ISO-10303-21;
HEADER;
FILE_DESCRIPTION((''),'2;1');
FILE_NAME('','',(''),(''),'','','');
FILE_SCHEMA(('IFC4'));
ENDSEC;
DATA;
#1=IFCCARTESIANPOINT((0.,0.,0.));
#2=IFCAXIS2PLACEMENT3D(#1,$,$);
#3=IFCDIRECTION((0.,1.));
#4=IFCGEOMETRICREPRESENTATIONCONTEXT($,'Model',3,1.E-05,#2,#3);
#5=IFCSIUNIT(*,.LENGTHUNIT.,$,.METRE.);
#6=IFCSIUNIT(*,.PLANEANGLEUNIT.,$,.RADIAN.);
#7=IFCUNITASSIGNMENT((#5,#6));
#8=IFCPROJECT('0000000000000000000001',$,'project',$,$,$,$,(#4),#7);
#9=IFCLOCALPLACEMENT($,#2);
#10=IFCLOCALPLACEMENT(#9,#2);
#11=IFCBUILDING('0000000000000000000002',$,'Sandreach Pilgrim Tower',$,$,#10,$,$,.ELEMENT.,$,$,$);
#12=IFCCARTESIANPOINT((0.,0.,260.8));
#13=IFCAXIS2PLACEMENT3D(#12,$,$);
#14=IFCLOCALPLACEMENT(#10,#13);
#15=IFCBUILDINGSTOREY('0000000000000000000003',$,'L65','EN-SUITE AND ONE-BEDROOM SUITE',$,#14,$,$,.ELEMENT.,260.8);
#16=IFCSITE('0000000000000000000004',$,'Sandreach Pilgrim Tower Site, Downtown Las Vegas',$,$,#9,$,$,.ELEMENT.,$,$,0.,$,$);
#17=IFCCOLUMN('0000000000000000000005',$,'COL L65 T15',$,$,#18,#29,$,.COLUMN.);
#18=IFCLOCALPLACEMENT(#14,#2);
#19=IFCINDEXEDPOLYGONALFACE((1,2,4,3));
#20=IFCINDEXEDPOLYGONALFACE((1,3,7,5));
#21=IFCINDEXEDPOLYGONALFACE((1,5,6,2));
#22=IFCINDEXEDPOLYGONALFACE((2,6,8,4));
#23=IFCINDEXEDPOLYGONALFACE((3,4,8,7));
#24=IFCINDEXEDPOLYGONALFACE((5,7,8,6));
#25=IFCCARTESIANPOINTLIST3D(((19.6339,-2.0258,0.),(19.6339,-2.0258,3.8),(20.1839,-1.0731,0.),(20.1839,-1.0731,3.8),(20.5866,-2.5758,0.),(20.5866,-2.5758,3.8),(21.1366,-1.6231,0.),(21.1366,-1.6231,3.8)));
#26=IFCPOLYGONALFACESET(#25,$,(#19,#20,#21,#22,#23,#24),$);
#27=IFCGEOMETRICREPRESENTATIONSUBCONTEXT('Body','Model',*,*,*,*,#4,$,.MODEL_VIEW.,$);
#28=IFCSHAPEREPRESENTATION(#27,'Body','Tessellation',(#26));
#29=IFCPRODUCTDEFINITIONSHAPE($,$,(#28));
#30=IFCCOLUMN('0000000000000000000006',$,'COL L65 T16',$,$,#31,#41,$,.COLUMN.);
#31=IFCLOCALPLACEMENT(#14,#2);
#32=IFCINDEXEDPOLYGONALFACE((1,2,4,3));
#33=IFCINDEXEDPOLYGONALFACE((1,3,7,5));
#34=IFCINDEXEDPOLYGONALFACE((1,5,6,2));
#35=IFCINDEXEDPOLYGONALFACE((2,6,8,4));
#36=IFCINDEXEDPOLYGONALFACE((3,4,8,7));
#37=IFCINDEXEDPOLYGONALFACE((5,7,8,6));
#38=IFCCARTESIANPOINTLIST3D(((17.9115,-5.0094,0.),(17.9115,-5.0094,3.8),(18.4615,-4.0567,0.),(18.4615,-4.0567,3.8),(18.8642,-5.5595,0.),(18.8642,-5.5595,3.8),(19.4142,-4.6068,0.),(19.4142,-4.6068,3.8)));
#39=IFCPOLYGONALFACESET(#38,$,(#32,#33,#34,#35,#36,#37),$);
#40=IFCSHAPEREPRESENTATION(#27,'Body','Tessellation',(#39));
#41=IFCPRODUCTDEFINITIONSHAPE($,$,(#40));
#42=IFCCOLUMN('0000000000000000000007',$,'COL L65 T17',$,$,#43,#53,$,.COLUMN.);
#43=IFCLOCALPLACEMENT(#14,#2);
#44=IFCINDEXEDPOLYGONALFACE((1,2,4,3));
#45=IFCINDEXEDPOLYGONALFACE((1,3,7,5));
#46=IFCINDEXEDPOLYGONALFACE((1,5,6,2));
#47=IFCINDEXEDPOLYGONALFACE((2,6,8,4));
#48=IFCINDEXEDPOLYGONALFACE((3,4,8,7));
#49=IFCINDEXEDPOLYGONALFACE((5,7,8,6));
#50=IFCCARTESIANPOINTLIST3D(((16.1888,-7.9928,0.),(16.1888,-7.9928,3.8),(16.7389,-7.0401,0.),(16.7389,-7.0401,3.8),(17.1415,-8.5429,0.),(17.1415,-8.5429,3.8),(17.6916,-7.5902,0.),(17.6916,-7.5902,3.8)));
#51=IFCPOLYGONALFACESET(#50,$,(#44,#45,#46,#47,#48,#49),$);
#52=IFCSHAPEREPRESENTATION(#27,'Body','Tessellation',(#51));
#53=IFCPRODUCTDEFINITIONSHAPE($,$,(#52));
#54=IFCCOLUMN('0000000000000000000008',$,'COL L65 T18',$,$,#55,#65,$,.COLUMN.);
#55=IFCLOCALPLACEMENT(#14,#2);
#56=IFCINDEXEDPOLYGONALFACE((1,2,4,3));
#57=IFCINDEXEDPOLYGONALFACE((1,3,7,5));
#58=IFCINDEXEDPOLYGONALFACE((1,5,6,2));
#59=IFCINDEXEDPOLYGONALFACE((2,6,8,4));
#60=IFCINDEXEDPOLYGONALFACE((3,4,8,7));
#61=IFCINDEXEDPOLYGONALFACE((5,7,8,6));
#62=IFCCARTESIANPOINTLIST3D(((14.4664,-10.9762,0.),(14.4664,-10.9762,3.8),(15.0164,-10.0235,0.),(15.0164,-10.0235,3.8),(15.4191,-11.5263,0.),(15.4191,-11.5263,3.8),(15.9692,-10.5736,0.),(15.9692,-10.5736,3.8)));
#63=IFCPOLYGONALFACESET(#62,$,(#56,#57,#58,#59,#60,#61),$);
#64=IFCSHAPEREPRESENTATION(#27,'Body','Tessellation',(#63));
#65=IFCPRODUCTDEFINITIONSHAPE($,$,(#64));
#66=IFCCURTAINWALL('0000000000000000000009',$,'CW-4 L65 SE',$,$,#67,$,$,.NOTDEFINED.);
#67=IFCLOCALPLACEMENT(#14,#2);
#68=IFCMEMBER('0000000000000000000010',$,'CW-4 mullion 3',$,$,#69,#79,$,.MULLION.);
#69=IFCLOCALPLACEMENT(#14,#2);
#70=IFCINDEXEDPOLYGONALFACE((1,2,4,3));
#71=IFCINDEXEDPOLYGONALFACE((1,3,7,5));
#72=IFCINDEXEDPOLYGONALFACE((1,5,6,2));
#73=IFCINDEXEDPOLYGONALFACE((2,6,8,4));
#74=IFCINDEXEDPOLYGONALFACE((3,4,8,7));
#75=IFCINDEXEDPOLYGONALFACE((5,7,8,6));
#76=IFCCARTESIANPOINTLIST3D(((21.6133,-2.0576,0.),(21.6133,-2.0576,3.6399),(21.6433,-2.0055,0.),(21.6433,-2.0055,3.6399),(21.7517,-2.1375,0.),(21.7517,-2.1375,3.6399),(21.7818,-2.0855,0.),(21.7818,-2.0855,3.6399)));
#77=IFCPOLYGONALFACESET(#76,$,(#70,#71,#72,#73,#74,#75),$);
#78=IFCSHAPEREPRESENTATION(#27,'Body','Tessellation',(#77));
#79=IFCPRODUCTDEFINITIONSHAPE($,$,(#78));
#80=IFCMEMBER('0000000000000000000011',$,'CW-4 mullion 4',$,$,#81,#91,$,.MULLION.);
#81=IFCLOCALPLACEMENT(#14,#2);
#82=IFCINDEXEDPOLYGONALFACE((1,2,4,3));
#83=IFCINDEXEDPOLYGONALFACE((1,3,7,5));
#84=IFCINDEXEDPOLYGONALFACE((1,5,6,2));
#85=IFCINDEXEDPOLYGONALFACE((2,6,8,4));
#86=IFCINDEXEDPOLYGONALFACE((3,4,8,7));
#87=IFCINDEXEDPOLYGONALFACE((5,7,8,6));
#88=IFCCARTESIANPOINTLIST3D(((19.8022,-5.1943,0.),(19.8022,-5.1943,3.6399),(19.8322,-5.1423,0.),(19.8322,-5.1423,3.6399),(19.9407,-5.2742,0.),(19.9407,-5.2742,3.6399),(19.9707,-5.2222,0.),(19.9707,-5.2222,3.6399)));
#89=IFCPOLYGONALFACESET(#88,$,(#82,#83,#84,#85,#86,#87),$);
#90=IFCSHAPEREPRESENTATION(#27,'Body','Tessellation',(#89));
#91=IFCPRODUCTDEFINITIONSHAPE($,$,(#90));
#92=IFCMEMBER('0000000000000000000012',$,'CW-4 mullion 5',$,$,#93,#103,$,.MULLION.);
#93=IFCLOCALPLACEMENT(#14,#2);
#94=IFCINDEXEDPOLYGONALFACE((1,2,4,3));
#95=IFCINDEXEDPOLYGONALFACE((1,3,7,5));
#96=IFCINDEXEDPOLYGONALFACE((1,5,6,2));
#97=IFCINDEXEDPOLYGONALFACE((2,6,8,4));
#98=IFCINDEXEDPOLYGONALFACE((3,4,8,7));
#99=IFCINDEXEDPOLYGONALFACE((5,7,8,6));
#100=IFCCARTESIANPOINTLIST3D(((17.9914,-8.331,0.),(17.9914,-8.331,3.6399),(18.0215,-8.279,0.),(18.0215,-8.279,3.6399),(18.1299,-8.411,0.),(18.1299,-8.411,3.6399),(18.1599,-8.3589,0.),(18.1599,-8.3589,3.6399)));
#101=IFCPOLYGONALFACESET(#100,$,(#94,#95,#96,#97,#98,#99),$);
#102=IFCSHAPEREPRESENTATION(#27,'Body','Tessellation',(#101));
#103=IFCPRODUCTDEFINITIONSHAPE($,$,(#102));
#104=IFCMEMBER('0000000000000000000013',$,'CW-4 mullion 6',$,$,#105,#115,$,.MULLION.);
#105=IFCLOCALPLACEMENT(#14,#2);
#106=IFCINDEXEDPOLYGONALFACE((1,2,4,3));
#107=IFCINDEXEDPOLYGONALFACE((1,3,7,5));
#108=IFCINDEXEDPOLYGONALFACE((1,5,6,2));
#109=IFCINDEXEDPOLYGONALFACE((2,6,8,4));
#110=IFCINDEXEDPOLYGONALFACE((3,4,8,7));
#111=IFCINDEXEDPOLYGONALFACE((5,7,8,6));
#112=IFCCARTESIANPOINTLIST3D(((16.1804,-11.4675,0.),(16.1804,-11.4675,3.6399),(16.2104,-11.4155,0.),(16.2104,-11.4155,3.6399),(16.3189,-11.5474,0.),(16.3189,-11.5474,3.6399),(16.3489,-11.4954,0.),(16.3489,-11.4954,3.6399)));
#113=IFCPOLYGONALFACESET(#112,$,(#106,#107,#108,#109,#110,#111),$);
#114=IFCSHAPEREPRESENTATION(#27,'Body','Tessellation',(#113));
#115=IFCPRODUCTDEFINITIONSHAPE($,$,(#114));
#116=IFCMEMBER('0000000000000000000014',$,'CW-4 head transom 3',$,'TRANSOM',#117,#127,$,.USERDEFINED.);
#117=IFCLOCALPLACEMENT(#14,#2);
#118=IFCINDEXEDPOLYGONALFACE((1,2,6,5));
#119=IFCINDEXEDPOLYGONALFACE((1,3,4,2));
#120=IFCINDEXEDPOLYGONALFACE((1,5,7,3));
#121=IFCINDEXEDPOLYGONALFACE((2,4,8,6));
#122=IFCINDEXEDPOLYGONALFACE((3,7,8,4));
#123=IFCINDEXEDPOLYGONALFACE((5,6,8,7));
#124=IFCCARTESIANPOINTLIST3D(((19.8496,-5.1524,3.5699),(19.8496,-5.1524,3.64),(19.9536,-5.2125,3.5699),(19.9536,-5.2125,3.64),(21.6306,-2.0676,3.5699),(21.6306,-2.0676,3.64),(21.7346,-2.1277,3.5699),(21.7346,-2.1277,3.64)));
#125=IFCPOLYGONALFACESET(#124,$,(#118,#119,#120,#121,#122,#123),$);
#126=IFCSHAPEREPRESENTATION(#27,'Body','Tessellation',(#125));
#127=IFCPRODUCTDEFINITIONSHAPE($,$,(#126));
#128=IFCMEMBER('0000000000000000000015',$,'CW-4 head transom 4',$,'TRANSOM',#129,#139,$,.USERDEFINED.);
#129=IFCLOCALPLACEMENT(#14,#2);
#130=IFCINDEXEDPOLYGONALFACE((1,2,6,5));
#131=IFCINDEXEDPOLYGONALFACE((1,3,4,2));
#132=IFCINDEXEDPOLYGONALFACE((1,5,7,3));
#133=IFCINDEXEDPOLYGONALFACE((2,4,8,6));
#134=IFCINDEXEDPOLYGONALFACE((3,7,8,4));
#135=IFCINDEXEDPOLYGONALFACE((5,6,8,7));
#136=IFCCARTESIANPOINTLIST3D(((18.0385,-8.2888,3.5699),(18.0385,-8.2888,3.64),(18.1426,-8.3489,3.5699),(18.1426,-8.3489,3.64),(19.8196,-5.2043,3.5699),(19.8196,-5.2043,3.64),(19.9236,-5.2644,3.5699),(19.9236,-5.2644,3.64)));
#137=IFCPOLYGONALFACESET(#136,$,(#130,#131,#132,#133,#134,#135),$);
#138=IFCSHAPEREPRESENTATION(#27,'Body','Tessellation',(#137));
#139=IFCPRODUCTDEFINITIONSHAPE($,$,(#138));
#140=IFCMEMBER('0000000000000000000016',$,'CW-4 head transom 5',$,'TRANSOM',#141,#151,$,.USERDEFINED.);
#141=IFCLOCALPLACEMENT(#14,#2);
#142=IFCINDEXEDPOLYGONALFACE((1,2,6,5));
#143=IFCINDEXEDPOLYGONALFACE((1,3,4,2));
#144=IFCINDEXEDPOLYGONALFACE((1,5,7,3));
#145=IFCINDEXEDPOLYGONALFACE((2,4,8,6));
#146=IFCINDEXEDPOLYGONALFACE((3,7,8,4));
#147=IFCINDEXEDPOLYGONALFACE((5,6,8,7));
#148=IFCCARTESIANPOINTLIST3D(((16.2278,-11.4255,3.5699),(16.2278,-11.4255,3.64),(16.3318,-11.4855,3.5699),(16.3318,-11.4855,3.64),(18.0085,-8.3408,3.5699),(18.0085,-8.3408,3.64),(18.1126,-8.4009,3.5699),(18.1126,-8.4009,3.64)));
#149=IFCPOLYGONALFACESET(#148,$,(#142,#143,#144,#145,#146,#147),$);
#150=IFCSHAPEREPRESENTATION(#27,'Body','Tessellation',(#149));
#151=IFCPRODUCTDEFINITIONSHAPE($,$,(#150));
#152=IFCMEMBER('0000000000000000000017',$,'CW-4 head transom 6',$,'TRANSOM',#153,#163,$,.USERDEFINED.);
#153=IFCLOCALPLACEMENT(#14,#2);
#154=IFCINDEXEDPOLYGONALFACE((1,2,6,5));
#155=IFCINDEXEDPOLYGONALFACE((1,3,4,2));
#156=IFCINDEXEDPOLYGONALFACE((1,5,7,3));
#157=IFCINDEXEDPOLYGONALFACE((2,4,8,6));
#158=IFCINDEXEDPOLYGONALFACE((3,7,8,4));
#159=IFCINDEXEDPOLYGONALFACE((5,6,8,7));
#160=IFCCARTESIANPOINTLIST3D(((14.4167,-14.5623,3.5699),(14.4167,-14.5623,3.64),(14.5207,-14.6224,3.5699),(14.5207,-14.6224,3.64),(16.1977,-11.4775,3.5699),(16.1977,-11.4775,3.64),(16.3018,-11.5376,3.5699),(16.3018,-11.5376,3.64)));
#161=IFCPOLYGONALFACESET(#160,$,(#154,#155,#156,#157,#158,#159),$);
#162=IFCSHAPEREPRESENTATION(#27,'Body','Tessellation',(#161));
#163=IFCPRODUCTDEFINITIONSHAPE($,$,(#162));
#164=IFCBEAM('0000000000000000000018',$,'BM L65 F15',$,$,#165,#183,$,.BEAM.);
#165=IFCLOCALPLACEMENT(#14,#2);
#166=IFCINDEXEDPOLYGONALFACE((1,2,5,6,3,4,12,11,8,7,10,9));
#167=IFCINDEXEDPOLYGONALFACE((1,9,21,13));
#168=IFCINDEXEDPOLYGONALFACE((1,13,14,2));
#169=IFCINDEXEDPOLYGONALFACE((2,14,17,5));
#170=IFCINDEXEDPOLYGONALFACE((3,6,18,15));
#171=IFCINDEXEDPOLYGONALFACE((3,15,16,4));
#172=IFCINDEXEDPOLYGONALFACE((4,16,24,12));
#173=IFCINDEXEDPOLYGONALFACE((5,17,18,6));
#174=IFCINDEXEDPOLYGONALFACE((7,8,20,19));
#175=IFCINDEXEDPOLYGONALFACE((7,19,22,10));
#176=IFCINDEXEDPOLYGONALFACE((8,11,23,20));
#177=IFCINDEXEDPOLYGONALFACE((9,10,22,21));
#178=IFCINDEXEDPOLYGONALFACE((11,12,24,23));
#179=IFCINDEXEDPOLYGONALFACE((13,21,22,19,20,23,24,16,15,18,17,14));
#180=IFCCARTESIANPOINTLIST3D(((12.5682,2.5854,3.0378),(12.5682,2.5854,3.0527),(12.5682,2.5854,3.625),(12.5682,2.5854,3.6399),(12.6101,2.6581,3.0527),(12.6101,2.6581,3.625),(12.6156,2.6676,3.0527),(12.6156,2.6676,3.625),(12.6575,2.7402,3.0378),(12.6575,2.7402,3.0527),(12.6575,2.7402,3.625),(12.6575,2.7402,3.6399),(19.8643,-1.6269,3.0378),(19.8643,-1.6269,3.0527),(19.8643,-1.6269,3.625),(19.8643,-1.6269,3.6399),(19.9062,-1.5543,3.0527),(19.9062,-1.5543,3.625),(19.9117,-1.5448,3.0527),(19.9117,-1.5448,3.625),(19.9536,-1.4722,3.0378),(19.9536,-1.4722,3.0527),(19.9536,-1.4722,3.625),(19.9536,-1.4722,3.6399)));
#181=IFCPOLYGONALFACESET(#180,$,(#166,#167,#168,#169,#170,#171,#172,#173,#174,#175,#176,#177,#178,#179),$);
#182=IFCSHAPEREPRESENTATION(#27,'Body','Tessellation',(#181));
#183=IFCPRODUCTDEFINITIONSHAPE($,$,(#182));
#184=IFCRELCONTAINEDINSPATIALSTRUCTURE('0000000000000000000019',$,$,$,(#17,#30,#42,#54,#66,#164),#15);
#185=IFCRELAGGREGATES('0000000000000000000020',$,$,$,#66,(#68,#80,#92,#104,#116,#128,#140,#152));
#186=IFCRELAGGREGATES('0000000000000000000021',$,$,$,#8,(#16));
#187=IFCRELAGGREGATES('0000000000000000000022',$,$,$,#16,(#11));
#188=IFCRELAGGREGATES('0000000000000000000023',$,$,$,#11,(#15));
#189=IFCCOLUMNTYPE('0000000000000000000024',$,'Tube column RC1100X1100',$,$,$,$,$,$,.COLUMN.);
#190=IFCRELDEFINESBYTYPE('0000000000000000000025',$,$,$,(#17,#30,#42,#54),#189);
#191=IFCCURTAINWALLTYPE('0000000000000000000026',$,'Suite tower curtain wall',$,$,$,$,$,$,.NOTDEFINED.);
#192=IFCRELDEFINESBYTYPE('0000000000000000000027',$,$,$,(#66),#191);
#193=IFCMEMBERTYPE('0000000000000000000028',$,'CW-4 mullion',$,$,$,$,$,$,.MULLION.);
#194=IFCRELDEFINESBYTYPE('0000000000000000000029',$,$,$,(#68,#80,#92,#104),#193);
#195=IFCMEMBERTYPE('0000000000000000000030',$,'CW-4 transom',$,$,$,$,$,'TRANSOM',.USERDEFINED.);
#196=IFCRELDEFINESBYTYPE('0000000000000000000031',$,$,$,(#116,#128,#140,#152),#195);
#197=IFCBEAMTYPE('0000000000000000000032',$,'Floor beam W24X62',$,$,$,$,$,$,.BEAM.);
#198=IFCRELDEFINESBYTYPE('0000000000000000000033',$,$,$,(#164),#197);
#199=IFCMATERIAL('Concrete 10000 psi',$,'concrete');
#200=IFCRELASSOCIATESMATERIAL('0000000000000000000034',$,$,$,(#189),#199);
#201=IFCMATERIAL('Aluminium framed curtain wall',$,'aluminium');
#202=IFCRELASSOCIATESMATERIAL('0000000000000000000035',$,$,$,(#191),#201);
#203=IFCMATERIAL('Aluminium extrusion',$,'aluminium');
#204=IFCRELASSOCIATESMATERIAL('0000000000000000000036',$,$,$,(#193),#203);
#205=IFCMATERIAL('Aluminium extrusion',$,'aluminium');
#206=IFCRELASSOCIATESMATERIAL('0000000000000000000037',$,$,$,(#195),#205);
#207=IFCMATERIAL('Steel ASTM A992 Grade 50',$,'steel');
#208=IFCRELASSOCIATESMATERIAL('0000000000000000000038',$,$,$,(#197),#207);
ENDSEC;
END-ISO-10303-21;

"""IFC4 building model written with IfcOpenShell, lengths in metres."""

from ifc_helpers import new_model, si_unit, direction, frame, origin, origin_2d, place, context, subcontext, project, spatial, rectangle, i_section, extrude, material, material_profile, profile_set, type_object, element, aggregate, save


model = new_model("IFC4")

# Units and contexts
model_context = context("Model", 3, precision=1e-05, world=origin(), true_north=direction((0.0, 1.0)))
body_context = subcontext(model_context, "Body", "Model", "MODEL_VIEW")
ifc_project = project(units=[si_unit("LENGTHUNIT", "METRE"), si_unit("PLANEANGLEUNIT", "RADIAN")], contexts=[model_context])

# Site, building, storey
site_placement = place(None, origin())
site = spatial("IfcSite", under=ifc_project, at=site_placement, Name="Sandreach Pilgrim Tower Site, Downtown Las Vegas", CompositionType="ELEMENT", RefElevation=0.0)
building_placement = place(site_placement, origin())
building = spatial("IfcBuilding", under=site, at=building_placement, Name="Sandreach Pilgrim Tower", CompositionType="ELEMENT")
storey_placement = place(building_placement, frame((0.0, 0.0, 260.8)))
storey = spatial("IfcBuildingStorey", under=building, at=storey_placement, Name="L65", Description="EN-SUITE AND ONE-BEDROOM SUITE", CompositionType="ELEMENT", Elevation=260.8)

# Columns
ifc_material_1 = material(Name="Concrete 10000 psi", Category="concrete")
ifc_material_profile_1 = material_profile(ifc_material_1, rectangle(XDim=1.1001, YDim=1.1001, at=origin_2d()), Name="RC1100X1100")
ifc_profile_set_1 = profile_set([ifc_material_profile_1], Name="Concrete 10000 psi")
column_type = type_object("IfcColumnType", Name="Tube column RC1100X1100", PredefinedType="COLUMN", material=ifc_profile_set_1)
for number, where, z_axis, x_axis, name in (
    (1, (20.3853, -1.8245, 0.0), (0.0, 0.0, 1.0), (0.866025, -0.5, 0.0), "COL L65 T15"),
    (2, (18.6628, -4.8081, 0.0), (0.0, 0.0, 1.0), (0.866025, -0.5, 0.0), "COL L65 T16"),
    (3, (16.9402, -7.7915, 0.0), (0.0, 0.0, 1.0), (0.866025, -0.5, 0.0), "COL L65 T17"),
    (4, (15.2178, -10.7749, 0.0), (0.0, 0.0, 1.0), (0.866025, -0.5, 0.0), "COL L65 T18"),
):
    element("IfcColumn", number, at=place(storey_placement, frame(where, z_axis=z_axis, x_axis=x_axis)), inside=storey, type_object=column_type, Name=name, PredefinedType="COLUMN", context=body_context, shape_type="SweptSolid", body=[
        extrude(rectangle(XDim=1.1001, YDim=1.1001, at=origin_2d()), origin(), (0.0, 0.0, 1.0), 3.8),
    ])

# Curtain wall, members
ifc_material_2 = material(Name="Aluminium framed curtain wall", Category="aluminium")
curtain_wall_type = type_object("IfcCurtainWallType", Name="Suite tower curtain wall", PredefinedType="NOTDEFINED", material=ifc_material_2)
curtain_wall_placement = place(storey_placement, origin())
curtain_wall = element("IfcCurtainWall", 5, at=curtain_wall_placement, inside=storey, type_object=curtain_wall_type, Name="CW-4 L65 SE", PredefinedType="NOTDEFINED")
ifc_material_3 = material(Name="Aluminium extrusion", Category="aluminium")
ifc_material_profile_2 = material_profile(ifc_material_3, rectangle(XDim=0.0601, YDim=0.1599, at=origin_2d()), Name="CW-4M 60X160")
ifc_profile_set_2 = profile_set([ifc_material_profile_2], Name="Aluminium extrusion")
member_type_1 = type_object("IfcMemberType", Name="CW-4 mullion", PredefinedType="MULLION", material=ifc_profile_set_2)
member_1_placement = place(storey_placement, frame((21.6975, -2.0715, 0.0), z_axis=(0.0, 0.0, 1.0), x_axis=(-0.5, -0.866025, 0.0)))
member_1 = element("IfcMember", 6, at=member_1_placement, type_object=member_type_1, Name="CW-4 mullion 3", PredefinedType="MULLION", context=body_context, shape_type="SweptSolid", body=[
    extrude(rectangle(XDim=0.0601, YDim=0.1599, at=origin_2d()), origin(), (0.0, 0.0, 1.0), 3.6399),
])
member_2_placement = place(storey_placement, frame((19.8865, -5.2083, 0.0), z_axis=(0.0, 0.0, 1.0), x_axis=(-0.5, -0.866025, 0.0)))
member_2 = element("IfcMember", 7, at=member_2_placement, type_object=member_type_1, Name="CW-4 mullion 4", PredefinedType="MULLION", context=body_context, shape_type="SweptSolid", body=[
    extrude(rectangle(XDim=0.0601, YDim=0.1599, at=origin_2d()), origin(), (0.0, 0.0, 1.0), 3.6399),
])
member_3_placement = place(storey_placement, frame((18.0757, -8.345, 0.0), z_axis=(0.0, 0.0, 1.0), x_axis=(-0.5, -0.866025, 0.0)))
member_3 = element("IfcMember", 8, at=member_3_placement, type_object=member_type_1, Name="CW-4 mullion 5", PredefinedType="MULLION", context=body_context, shape_type="SweptSolid", body=[
    extrude(rectangle(XDim=0.0601, YDim=0.1599, at=origin_2d()), origin(), (0.0, 0.0, 1.0), 3.6399),
])
member_4_placement = place(storey_placement, frame((16.2646, -11.4814, 0.0), z_axis=(0.0, 0.0, 1.0), x_axis=(-0.5, -0.866025, 0.0)))
member_4 = element("IfcMember", 9, at=member_4_placement, type_object=member_type_1, Name="CW-4 mullion 6", PredefinedType="MULLION", context=body_context, shape_type="SweptSolid", body=[
    extrude(rectangle(XDim=0.0601, YDim=0.1599, at=origin_2d()), origin(), (0.0, 0.0, 1.0), 3.6399),
])
ifc_material_4 = material(Name="Aluminium extrusion", Category="aluminium")
ifc_material_profile_3 = material_profile(ifc_material_4, rectangle(XDim=0.1201, YDim=0.0701, at=origin_2d()), Name="CW-4T 120X70")
ifc_profile_set_3 = profile_set([ifc_material_profile_3], Name="Aluminium extrusion")
member_type_2 = type_object("IfcMemberType", Name="CW-4 transom", ElementType="TRANSOM", PredefinedType="USERDEFINED", material=ifc_profile_set_3)
member_5_placement = place(storey_placement, frame((21.6826, -2.0977, 3.605), z_axis=(-0.500009, -0.86602, 0.0), x_axis=(0.86602, -0.500009, 0.0)))
member_5 = element("IfcMember", 10, at=member_5_placement, type_object=member_type_2, Name="CW-4 head transom 3", ObjectType="TRANSOM", PredefinedType="USERDEFINED", context=body_context, shape_type="SweptSolid", body=[
    extrude(rectangle(XDim=0.1201, YDim=0.0701, at=origin_2d()), origin(), (0.0, 0.0, 1.0), 3.562),
])
member_6_placement = place(storey_placement, frame((19.8716, -5.2344, 3.605), z_axis=(-0.500039, -0.866003, 0.0), x_axis=(0.866003, -0.500039, 0.0)))
member_6 = element("IfcMember", 11, at=member_6_placement, type_object=member_type_2, Name="CW-4 head transom 4", ObjectType="TRANSOM", PredefinedType="USERDEFINED", context=body_context, shape_type="SweptSolid", body=[
    extrude(rectangle(XDim=0.1201, YDim=0.0701, at=origin_2d()), origin(), (0.0, 0.0, 1.0), 3.5618),
])
member_7_placement = place(storey_placement, frame((18.0605, -8.3708, 3.605), z_axis=(-0.499958, -0.86605, 0.0), x_axis=(0.86605, -0.499958, 0.0)))
member_7 = element("IfcMember", 12, at=member_7_placement, type_object=member_type_2, Name="CW-4 head transom 5", ObjectType="TRANSOM", PredefinedType="USERDEFINED", context=body_context, shape_type="SweptSolid", body=[
    extrude(rectangle(XDim=0.1201, YDim=0.0701, at=origin_2d()), origin(), (0.0, 0.0, 1.0), 3.5618),
])
member_8_placement = place(storey_placement, frame((16.2498, -11.5076, 3.605), z_axis=(-0.500009, -0.86602, 0.0), x_axis=(0.86602, -0.500009, 0.0)))
member_8 = element("IfcMember", 13, at=member_8_placement, type_object=member_type_2, Name="CW-4 head transom 6", ObjectType="TRANSOM", PredefinedType="USERDEFINED", context=body_context, shape_type="SweptSolid", body=[
    extrude(rectangle(XDim=0.1201, YDim=0.0701, at=origin_2d()), origin(), (0.0, 0.0, 1.0), 3.562),
])

# Beam
ifc_material_5 = material(Name="Steel ASTM A992 Grade 50", Category="steel")
ifc_material_profile_4 = material_profile(ifc_material_5, i_section(OverallWidth=0.1787, OverallDepth=0.6021, WebThickness=0.011, FlangeThickness=0.0149, at=origin_2d()), Name="W24X62")
ifc_profile_set_4 = profile_set([ifc_material_profile_4], Name="Steel ASTM A992 Grade 50")
beam_type_1 = type_object("IfcBeamType", Name="Floor beam W24X62", PredefinedType="BEAM", material=ifc_profile_set_4)
beam_1_placement = place(storey_placement, frame((19.9089, -1.5496, 3.3389), z_axis=(-0.866027, 0.499998, 0.0), x_axis=(-0.499998, -0.866027, 0.0)))
element("IfcBeam", 14, at=beam_1_placement, inside=storey, type_object=beam_type_1, Name="BM L65 F15", PredefinedType="BEAM", context=body_context, shape_type="SweptSolid", body=[
    extrude(i_section(OverallWidth=0.1787, OverallDepth=0.6021, WebThickness=0.011, FlangeThickness=0.0149, at=origin_2d()), origin(), (0.0, 0.0, 1.0), 8.4248),
])

aggregate(curtain_wall, [member_1, member_2, member_3, member_4, member_5, member_6, member_7, member_8])

save(model, "model.ifc")
